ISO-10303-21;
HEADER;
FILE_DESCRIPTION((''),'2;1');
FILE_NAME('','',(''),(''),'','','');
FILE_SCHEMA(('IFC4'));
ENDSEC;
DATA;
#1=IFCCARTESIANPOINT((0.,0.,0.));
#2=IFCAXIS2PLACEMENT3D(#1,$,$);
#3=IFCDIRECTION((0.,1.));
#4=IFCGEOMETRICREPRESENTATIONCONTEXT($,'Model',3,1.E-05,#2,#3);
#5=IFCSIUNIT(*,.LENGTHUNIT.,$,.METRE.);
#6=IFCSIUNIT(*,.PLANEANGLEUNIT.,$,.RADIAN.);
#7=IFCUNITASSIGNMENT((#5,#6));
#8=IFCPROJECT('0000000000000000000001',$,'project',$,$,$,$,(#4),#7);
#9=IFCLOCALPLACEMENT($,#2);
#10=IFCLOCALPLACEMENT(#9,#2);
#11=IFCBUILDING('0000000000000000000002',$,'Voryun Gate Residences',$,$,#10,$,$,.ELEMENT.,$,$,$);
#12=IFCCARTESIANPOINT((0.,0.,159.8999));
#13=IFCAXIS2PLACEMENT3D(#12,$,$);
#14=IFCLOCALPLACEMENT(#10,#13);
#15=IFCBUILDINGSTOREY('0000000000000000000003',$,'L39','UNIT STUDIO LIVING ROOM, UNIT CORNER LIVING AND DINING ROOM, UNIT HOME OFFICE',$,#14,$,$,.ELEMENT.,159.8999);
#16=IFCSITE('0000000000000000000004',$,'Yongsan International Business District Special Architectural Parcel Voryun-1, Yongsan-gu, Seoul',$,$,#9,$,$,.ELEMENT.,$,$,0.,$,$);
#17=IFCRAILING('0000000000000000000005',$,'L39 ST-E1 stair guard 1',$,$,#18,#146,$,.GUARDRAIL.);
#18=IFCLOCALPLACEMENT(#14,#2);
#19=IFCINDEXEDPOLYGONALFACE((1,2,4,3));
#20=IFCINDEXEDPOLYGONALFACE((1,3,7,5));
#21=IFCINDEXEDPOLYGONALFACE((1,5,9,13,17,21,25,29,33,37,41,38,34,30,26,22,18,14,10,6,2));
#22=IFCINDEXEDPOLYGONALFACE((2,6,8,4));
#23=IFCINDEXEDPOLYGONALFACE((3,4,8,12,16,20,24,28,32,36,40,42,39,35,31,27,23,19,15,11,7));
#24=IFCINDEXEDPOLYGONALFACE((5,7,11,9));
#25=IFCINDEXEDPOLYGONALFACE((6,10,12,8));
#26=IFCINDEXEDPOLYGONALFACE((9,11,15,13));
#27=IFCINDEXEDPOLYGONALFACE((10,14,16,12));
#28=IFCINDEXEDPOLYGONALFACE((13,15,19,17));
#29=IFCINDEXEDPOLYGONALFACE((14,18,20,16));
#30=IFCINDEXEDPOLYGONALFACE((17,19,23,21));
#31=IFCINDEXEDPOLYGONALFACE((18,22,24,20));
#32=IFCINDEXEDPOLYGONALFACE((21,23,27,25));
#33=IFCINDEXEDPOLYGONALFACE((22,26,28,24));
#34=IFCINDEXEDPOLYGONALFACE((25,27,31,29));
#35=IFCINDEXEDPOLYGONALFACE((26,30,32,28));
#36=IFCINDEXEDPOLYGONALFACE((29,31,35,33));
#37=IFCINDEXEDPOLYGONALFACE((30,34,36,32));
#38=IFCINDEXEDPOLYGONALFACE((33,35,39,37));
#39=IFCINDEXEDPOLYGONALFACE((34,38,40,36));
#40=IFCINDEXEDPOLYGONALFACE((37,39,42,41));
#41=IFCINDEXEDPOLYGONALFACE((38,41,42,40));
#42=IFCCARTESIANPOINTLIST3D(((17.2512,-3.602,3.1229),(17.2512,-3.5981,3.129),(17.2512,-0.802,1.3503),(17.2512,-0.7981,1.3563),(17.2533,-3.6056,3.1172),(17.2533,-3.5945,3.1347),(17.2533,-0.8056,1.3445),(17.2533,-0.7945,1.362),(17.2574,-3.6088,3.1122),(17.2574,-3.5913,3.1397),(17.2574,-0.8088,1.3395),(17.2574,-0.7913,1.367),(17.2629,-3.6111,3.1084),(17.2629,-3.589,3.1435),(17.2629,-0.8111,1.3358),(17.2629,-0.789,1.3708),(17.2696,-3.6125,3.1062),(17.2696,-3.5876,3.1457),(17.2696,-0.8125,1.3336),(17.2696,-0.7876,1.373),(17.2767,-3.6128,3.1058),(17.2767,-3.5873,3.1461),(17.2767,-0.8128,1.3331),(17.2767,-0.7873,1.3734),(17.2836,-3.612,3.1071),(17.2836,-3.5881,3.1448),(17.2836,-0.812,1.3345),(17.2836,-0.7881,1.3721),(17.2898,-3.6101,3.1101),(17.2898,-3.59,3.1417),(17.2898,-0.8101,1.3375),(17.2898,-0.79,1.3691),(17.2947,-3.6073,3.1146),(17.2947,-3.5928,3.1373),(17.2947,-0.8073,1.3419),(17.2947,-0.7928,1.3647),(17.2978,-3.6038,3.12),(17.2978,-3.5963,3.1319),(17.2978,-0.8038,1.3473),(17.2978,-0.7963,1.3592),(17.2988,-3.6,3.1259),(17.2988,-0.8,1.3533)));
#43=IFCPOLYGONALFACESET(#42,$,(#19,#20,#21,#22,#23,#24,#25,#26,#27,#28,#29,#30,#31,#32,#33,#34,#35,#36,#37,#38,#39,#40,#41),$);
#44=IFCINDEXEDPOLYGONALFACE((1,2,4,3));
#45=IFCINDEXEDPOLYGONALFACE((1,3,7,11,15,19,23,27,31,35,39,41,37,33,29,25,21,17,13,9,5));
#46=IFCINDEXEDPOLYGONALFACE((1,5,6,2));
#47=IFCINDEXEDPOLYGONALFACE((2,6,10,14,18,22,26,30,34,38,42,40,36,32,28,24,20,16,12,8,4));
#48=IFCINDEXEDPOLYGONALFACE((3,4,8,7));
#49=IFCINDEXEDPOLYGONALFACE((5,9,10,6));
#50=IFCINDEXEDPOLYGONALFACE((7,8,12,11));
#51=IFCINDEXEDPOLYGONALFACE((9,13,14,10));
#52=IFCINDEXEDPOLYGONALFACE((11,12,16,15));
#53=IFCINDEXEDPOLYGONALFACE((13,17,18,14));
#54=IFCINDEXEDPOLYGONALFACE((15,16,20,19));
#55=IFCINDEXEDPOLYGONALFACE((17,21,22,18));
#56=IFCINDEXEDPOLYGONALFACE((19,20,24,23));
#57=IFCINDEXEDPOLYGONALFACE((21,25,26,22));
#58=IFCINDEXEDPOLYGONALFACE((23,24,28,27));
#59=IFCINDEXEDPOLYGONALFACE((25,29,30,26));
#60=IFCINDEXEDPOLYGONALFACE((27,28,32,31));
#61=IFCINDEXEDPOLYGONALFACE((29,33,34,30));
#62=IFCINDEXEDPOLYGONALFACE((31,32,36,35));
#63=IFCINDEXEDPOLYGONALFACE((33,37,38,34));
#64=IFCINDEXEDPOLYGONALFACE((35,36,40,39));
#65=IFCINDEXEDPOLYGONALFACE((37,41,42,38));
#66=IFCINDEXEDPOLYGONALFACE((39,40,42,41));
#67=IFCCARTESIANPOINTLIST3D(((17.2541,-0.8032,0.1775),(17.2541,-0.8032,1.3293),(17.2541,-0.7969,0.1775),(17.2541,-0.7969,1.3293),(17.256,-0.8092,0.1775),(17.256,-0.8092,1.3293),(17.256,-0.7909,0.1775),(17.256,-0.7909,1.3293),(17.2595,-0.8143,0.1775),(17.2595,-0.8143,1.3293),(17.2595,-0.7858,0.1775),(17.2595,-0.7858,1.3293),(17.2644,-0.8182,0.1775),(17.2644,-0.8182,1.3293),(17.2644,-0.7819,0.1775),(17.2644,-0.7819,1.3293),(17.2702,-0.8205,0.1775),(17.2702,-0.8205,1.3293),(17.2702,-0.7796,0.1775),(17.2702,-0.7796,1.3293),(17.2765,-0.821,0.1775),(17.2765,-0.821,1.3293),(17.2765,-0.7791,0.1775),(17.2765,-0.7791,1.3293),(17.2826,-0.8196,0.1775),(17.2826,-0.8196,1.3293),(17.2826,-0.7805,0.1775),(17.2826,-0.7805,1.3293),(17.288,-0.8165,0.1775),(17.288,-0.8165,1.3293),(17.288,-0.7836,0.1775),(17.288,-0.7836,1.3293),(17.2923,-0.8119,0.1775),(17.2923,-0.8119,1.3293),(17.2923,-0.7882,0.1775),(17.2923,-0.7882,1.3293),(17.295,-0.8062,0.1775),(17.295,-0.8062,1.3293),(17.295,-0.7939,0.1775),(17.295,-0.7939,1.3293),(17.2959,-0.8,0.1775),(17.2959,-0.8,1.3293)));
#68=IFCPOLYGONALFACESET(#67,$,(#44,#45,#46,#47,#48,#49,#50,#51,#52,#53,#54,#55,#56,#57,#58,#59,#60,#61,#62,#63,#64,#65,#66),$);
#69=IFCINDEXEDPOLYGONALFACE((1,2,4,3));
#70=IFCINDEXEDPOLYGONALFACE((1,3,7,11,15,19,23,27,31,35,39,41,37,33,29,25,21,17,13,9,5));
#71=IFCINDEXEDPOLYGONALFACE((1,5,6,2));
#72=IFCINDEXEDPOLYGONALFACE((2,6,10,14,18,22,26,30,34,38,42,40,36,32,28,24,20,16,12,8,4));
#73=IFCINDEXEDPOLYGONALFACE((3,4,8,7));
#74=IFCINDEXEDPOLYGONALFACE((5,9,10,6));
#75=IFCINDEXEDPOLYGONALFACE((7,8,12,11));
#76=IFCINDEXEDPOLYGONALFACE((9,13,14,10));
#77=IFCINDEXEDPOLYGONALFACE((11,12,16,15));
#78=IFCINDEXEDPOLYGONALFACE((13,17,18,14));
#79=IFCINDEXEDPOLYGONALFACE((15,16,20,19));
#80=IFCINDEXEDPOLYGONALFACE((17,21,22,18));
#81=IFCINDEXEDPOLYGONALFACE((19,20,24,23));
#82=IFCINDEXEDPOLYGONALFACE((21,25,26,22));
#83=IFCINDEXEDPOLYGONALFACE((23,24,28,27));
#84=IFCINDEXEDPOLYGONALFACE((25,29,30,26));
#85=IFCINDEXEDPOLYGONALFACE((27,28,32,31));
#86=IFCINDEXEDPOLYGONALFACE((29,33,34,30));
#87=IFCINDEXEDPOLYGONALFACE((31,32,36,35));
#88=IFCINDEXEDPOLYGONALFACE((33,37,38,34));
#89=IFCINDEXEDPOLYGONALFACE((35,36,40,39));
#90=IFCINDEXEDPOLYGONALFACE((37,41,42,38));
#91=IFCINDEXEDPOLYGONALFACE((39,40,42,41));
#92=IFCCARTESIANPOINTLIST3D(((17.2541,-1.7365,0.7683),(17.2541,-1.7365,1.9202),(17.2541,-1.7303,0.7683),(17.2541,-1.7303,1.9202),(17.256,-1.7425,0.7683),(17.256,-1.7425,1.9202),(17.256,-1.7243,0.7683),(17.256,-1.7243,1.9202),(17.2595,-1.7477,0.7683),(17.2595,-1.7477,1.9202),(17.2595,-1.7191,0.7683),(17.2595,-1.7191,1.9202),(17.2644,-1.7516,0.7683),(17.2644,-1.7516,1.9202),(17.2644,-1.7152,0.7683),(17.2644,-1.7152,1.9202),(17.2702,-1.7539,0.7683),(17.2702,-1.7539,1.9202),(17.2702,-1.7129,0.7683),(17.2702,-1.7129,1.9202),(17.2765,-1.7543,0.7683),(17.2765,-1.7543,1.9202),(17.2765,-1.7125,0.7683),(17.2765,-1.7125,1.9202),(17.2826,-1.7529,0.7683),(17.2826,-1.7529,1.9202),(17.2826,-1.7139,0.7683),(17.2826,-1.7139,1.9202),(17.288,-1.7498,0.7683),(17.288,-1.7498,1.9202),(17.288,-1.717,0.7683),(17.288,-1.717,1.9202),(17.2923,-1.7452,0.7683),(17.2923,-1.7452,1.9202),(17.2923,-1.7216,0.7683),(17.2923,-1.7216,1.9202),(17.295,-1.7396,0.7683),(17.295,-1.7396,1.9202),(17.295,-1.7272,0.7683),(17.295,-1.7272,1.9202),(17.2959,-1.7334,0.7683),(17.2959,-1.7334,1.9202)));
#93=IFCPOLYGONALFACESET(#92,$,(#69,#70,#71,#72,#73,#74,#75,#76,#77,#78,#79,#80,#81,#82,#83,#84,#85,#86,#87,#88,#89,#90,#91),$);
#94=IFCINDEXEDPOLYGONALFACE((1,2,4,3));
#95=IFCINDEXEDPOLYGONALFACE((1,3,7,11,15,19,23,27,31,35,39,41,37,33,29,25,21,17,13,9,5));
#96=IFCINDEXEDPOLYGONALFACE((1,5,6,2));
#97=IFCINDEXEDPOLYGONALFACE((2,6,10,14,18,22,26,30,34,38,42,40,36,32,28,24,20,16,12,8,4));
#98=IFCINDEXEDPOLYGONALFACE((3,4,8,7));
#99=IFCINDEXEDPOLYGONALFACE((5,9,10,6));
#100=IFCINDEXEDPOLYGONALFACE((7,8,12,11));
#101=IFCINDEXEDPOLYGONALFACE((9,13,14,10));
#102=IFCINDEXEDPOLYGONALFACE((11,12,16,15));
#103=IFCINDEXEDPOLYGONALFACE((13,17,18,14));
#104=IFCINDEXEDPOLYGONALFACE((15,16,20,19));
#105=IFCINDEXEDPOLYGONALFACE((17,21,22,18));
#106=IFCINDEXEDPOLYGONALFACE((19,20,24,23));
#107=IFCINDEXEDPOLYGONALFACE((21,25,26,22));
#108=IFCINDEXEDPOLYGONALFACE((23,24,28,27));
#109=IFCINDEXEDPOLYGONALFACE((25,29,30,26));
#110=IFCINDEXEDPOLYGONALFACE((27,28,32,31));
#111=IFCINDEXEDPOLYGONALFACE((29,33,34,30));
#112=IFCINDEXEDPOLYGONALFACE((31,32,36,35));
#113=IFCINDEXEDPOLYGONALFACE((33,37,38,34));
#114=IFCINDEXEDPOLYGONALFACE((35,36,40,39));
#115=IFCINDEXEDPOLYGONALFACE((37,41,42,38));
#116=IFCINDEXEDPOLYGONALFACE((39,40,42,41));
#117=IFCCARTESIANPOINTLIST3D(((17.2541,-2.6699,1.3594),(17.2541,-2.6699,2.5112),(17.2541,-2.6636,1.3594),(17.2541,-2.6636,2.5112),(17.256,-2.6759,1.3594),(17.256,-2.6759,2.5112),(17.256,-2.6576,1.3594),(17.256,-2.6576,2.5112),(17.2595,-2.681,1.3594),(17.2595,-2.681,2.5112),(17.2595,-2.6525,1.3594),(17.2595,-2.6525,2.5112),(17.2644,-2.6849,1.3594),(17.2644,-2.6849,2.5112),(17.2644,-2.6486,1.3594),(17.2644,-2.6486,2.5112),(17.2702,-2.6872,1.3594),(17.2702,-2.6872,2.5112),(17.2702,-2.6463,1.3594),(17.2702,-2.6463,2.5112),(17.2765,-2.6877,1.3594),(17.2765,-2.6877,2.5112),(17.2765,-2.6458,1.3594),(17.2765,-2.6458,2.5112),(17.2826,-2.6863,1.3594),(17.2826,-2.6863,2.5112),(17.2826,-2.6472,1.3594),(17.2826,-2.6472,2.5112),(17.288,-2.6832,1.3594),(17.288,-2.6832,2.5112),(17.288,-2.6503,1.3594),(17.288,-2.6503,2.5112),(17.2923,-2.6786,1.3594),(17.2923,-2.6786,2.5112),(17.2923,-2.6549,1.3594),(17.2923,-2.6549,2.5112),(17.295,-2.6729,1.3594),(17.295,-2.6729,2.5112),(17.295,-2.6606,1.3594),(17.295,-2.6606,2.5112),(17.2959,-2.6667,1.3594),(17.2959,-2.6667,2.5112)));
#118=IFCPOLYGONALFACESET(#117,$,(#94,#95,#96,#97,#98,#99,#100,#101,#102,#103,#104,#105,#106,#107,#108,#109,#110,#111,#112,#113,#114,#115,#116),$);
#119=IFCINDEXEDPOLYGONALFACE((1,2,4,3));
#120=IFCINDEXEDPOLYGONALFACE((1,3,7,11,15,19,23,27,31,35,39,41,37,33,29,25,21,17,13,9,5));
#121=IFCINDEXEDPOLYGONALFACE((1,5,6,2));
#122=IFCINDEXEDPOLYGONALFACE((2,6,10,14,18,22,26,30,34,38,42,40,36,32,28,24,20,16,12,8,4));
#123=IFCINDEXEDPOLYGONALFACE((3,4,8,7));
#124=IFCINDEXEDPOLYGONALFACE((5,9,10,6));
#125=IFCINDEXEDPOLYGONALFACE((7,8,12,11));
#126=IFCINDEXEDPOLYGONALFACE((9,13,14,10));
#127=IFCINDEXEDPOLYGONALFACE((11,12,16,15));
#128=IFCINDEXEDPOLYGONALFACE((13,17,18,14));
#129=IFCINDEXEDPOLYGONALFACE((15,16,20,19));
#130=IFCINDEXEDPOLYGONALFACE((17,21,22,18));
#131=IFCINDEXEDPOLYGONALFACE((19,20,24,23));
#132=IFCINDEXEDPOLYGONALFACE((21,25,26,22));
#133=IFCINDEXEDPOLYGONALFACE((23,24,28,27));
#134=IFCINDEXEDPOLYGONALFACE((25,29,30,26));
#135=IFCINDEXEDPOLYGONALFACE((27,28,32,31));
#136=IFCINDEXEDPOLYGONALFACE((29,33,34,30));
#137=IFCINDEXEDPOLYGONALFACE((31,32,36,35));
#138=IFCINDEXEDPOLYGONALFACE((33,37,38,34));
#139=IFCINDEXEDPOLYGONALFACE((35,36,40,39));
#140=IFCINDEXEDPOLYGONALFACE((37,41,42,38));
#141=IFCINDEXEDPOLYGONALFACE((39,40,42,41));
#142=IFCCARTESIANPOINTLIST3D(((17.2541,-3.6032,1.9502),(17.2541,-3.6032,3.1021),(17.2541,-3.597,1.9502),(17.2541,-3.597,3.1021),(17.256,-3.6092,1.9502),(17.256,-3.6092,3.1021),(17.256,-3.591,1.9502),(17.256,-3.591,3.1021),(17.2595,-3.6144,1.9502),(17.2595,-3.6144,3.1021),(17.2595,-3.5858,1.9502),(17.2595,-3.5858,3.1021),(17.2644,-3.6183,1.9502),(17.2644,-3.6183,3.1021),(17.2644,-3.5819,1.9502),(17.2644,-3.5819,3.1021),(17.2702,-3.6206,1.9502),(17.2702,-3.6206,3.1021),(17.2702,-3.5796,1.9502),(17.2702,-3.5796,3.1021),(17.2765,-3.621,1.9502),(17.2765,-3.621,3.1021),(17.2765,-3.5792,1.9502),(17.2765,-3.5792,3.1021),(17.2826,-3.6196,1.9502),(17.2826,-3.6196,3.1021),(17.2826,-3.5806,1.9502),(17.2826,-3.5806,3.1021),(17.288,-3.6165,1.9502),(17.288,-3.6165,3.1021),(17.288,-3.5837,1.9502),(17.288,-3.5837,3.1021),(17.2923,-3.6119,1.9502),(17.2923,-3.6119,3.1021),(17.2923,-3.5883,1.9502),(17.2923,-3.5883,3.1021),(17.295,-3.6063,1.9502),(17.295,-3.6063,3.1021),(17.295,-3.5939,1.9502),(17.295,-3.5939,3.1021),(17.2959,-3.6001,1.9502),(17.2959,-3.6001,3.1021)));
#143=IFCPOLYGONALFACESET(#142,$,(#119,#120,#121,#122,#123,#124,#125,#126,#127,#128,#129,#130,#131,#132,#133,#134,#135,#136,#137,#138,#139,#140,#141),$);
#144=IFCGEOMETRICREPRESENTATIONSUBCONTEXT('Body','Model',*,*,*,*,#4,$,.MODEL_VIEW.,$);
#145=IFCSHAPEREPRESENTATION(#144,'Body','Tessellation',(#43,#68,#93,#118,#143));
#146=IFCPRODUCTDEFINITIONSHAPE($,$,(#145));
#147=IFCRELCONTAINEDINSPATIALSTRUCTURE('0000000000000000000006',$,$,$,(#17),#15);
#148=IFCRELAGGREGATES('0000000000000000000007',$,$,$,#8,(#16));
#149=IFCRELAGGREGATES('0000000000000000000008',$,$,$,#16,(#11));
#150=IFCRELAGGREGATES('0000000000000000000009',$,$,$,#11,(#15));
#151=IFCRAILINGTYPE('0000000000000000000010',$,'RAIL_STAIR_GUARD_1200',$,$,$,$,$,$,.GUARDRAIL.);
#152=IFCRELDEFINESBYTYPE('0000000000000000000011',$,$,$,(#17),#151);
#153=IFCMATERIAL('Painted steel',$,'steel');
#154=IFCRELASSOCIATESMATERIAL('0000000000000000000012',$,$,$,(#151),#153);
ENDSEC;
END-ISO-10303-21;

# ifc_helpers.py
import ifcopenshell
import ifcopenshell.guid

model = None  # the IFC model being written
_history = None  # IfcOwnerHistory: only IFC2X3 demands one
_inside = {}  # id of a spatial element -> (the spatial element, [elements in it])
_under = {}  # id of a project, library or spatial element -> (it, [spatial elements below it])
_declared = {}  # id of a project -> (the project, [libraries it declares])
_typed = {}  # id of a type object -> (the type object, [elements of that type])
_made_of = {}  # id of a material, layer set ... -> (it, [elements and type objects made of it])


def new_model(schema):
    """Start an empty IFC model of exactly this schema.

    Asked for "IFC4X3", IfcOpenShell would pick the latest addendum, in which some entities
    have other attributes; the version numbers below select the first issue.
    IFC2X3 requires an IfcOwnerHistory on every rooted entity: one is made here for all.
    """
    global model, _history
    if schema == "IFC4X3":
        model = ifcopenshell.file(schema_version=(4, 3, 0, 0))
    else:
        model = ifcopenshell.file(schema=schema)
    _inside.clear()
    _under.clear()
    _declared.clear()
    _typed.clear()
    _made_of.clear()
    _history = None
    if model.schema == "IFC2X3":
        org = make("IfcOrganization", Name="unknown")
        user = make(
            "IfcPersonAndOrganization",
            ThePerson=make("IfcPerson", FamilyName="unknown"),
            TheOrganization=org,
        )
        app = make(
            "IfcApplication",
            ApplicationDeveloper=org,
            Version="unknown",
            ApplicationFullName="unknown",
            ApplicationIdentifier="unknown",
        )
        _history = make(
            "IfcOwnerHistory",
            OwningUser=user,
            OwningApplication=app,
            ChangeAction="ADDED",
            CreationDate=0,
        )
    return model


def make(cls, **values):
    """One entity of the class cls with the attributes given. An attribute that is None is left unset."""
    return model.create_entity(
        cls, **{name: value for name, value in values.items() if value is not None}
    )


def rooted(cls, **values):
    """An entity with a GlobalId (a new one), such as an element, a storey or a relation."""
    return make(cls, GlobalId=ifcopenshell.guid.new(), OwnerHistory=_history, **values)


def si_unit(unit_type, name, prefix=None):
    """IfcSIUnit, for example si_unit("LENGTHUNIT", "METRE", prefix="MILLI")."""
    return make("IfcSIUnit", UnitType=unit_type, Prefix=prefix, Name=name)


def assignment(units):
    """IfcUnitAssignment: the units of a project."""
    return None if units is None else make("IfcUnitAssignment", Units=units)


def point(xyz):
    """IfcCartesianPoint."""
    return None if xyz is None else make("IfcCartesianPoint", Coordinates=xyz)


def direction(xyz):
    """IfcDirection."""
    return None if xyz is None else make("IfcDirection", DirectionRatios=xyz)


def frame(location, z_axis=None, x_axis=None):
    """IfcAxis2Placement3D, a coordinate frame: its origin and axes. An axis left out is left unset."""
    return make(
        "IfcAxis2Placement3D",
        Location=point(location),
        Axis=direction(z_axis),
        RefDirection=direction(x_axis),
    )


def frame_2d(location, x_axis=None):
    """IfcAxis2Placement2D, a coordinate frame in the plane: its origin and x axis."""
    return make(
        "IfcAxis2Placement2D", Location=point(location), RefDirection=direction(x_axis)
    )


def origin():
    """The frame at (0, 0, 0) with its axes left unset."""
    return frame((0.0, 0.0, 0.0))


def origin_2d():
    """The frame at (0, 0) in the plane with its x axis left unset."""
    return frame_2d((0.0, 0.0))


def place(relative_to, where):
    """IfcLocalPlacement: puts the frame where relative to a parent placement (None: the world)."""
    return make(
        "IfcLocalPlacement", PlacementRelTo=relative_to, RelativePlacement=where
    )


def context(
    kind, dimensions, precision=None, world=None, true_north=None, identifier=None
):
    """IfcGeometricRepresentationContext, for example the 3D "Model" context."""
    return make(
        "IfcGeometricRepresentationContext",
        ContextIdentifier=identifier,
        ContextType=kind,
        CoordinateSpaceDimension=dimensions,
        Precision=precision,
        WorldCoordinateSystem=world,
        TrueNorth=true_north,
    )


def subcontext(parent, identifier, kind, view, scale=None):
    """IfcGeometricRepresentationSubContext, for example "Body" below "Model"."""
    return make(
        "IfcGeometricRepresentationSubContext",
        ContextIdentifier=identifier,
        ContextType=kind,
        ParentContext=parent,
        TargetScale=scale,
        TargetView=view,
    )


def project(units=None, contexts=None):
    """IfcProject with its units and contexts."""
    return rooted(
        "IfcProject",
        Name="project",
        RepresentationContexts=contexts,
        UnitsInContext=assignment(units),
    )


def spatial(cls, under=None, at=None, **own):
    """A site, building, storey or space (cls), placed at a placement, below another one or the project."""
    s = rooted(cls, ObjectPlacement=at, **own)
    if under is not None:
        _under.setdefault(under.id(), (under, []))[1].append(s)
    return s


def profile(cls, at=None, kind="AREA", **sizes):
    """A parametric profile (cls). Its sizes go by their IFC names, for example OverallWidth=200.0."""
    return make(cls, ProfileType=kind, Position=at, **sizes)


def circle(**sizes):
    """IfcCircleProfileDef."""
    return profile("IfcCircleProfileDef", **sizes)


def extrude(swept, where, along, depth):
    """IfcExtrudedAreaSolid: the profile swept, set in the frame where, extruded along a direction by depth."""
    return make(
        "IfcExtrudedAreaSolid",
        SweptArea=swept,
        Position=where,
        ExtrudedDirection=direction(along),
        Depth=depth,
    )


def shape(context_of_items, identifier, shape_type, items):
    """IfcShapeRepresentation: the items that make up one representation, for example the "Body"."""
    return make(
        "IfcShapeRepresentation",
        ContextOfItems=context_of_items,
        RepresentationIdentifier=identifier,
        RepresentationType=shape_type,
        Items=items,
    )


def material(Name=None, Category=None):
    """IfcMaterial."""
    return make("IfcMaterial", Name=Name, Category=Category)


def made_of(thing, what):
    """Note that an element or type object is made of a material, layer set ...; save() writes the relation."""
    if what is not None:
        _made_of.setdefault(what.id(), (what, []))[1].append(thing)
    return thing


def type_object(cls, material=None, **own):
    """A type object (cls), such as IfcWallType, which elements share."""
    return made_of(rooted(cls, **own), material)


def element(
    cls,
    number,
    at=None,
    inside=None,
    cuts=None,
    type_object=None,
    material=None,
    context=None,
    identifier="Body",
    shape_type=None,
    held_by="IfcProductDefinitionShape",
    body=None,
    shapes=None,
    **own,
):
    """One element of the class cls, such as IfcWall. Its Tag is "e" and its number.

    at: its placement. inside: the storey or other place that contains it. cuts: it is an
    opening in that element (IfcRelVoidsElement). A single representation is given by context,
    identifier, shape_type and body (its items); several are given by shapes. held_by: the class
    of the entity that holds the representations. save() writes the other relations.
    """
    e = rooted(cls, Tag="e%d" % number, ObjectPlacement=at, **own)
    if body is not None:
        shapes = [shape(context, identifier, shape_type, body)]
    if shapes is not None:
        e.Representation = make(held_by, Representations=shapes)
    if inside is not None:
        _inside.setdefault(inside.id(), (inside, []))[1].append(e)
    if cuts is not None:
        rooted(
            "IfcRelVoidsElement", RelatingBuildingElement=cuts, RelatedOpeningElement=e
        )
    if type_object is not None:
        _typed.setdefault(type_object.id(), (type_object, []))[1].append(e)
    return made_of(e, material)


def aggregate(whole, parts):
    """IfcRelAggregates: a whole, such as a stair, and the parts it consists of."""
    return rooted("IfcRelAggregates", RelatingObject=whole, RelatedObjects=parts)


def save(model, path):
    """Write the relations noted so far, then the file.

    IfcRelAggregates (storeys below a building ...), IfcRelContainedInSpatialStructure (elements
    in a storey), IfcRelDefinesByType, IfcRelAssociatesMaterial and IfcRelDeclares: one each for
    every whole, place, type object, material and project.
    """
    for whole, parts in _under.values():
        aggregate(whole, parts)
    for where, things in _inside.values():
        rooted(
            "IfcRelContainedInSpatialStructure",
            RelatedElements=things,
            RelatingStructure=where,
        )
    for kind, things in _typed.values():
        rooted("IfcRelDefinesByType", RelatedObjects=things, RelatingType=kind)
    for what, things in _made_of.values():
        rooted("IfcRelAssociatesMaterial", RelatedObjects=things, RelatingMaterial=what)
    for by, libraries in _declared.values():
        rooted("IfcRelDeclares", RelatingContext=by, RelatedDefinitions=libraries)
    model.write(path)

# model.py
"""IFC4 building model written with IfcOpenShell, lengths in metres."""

from ifc_helpers import new_model, si_unit, direction, frame, origin, origin_2d, place, context, subcontext, project, spatial, circle, extrude, material, type_object, element, save


model = new_model("IFC4")

# Units and contexts
model_context = context("Model", 3, precision=1e-05, world=origin(), true_north=direction((0.0, 1.0)))
body_context = subcontext(model_context, "Body", "Model", "MODEL_VIEW")
ifc_project = project(units=[si_unit("LENGTHUNIT", "METRE"), si_unit("PLANEANGLEUNIT", "RADIAN")], contexts=[model_context])

# Site, building, storey
site_placement = place(None, origin())
site = spatial("IfcSite", under=ifc_project, at=site_placement, Name="Yongsan International Business District Special Architectural Parcel Voryun-1, Yongsan-gu, Seoul", CompositionType="ELEMENT", RefElevation=0.0)
building_placement = place(site_placement, origin())
building = spatial("IfcBuilding", under=site, at=building_placement, Name="Voryun Gate Residences", CompositionType="ELEMENT")
storey_placement = place(building_placement, frame((0.0, 0.0, 159.8999)))
storey = spatial("IfcBuildingStorey", under=building, at=storey_placement, Name="L39", Description="UNIT STUDIO LIVING ROOM, UNIT CORNER LIVING AND DINING ROOM, UNIT HOME OFFICE", CompositionType="ELEMENT", Elevation=159.8999)

# Railing
ifc_material_1 = material(Name="Painted steel", Category="steel")
railing_type_1 = type_object("IfcRailingType", Name="RAIL_STAIR_GUARD_1200", PredefinedType="GUARDRAIL", material=ifc_material_1)
railing_1_placement = place(storey_placement, frame((17.2749, -0.8, 0.1775)))
element("IfcRailing", 1, at=railing_1_placement, inside=storey, type_object=railing_type_1, Name="L39 ST-E1 stair guard 1", PredefinedType="GUARDRAIL", context=body_context, shape_type="SweptSolid", body=[
    extrude(circle(Radius=0.0239, at=origin_2d()), frame((0.0, 0.0, 1.1758), z_axis=(0.0, -0.844909, 0.53491), x_axis=(1.0, 0.0, 0.0)), (0.0, 0.0, 1.0), 3.314),
    extrude(circle(Radius=0.021, at=origin_2d()), origin(), (0.0, 0.0, 1.0), 1.1519),
    extrude(circle(Radius=0.021, at=origin_2d()), frame((0.0, -0.9333, 0.5908)), (0.0, 0.0, 1.0), 1.1519),
    extrude(circle(Radius=0.021, at=origin_2d()), frame((0.0, -1.8667, 1.1819)), (0.0, 0.0, 1.0), 1.1519),
    extrude(circle(Radius=0.021, at=origin_2d()), frame((0.0, -2.8, 1.7727)), (0.0, 0.0, 1.0), 1.1519),
])

save(model, "model.ifc")
